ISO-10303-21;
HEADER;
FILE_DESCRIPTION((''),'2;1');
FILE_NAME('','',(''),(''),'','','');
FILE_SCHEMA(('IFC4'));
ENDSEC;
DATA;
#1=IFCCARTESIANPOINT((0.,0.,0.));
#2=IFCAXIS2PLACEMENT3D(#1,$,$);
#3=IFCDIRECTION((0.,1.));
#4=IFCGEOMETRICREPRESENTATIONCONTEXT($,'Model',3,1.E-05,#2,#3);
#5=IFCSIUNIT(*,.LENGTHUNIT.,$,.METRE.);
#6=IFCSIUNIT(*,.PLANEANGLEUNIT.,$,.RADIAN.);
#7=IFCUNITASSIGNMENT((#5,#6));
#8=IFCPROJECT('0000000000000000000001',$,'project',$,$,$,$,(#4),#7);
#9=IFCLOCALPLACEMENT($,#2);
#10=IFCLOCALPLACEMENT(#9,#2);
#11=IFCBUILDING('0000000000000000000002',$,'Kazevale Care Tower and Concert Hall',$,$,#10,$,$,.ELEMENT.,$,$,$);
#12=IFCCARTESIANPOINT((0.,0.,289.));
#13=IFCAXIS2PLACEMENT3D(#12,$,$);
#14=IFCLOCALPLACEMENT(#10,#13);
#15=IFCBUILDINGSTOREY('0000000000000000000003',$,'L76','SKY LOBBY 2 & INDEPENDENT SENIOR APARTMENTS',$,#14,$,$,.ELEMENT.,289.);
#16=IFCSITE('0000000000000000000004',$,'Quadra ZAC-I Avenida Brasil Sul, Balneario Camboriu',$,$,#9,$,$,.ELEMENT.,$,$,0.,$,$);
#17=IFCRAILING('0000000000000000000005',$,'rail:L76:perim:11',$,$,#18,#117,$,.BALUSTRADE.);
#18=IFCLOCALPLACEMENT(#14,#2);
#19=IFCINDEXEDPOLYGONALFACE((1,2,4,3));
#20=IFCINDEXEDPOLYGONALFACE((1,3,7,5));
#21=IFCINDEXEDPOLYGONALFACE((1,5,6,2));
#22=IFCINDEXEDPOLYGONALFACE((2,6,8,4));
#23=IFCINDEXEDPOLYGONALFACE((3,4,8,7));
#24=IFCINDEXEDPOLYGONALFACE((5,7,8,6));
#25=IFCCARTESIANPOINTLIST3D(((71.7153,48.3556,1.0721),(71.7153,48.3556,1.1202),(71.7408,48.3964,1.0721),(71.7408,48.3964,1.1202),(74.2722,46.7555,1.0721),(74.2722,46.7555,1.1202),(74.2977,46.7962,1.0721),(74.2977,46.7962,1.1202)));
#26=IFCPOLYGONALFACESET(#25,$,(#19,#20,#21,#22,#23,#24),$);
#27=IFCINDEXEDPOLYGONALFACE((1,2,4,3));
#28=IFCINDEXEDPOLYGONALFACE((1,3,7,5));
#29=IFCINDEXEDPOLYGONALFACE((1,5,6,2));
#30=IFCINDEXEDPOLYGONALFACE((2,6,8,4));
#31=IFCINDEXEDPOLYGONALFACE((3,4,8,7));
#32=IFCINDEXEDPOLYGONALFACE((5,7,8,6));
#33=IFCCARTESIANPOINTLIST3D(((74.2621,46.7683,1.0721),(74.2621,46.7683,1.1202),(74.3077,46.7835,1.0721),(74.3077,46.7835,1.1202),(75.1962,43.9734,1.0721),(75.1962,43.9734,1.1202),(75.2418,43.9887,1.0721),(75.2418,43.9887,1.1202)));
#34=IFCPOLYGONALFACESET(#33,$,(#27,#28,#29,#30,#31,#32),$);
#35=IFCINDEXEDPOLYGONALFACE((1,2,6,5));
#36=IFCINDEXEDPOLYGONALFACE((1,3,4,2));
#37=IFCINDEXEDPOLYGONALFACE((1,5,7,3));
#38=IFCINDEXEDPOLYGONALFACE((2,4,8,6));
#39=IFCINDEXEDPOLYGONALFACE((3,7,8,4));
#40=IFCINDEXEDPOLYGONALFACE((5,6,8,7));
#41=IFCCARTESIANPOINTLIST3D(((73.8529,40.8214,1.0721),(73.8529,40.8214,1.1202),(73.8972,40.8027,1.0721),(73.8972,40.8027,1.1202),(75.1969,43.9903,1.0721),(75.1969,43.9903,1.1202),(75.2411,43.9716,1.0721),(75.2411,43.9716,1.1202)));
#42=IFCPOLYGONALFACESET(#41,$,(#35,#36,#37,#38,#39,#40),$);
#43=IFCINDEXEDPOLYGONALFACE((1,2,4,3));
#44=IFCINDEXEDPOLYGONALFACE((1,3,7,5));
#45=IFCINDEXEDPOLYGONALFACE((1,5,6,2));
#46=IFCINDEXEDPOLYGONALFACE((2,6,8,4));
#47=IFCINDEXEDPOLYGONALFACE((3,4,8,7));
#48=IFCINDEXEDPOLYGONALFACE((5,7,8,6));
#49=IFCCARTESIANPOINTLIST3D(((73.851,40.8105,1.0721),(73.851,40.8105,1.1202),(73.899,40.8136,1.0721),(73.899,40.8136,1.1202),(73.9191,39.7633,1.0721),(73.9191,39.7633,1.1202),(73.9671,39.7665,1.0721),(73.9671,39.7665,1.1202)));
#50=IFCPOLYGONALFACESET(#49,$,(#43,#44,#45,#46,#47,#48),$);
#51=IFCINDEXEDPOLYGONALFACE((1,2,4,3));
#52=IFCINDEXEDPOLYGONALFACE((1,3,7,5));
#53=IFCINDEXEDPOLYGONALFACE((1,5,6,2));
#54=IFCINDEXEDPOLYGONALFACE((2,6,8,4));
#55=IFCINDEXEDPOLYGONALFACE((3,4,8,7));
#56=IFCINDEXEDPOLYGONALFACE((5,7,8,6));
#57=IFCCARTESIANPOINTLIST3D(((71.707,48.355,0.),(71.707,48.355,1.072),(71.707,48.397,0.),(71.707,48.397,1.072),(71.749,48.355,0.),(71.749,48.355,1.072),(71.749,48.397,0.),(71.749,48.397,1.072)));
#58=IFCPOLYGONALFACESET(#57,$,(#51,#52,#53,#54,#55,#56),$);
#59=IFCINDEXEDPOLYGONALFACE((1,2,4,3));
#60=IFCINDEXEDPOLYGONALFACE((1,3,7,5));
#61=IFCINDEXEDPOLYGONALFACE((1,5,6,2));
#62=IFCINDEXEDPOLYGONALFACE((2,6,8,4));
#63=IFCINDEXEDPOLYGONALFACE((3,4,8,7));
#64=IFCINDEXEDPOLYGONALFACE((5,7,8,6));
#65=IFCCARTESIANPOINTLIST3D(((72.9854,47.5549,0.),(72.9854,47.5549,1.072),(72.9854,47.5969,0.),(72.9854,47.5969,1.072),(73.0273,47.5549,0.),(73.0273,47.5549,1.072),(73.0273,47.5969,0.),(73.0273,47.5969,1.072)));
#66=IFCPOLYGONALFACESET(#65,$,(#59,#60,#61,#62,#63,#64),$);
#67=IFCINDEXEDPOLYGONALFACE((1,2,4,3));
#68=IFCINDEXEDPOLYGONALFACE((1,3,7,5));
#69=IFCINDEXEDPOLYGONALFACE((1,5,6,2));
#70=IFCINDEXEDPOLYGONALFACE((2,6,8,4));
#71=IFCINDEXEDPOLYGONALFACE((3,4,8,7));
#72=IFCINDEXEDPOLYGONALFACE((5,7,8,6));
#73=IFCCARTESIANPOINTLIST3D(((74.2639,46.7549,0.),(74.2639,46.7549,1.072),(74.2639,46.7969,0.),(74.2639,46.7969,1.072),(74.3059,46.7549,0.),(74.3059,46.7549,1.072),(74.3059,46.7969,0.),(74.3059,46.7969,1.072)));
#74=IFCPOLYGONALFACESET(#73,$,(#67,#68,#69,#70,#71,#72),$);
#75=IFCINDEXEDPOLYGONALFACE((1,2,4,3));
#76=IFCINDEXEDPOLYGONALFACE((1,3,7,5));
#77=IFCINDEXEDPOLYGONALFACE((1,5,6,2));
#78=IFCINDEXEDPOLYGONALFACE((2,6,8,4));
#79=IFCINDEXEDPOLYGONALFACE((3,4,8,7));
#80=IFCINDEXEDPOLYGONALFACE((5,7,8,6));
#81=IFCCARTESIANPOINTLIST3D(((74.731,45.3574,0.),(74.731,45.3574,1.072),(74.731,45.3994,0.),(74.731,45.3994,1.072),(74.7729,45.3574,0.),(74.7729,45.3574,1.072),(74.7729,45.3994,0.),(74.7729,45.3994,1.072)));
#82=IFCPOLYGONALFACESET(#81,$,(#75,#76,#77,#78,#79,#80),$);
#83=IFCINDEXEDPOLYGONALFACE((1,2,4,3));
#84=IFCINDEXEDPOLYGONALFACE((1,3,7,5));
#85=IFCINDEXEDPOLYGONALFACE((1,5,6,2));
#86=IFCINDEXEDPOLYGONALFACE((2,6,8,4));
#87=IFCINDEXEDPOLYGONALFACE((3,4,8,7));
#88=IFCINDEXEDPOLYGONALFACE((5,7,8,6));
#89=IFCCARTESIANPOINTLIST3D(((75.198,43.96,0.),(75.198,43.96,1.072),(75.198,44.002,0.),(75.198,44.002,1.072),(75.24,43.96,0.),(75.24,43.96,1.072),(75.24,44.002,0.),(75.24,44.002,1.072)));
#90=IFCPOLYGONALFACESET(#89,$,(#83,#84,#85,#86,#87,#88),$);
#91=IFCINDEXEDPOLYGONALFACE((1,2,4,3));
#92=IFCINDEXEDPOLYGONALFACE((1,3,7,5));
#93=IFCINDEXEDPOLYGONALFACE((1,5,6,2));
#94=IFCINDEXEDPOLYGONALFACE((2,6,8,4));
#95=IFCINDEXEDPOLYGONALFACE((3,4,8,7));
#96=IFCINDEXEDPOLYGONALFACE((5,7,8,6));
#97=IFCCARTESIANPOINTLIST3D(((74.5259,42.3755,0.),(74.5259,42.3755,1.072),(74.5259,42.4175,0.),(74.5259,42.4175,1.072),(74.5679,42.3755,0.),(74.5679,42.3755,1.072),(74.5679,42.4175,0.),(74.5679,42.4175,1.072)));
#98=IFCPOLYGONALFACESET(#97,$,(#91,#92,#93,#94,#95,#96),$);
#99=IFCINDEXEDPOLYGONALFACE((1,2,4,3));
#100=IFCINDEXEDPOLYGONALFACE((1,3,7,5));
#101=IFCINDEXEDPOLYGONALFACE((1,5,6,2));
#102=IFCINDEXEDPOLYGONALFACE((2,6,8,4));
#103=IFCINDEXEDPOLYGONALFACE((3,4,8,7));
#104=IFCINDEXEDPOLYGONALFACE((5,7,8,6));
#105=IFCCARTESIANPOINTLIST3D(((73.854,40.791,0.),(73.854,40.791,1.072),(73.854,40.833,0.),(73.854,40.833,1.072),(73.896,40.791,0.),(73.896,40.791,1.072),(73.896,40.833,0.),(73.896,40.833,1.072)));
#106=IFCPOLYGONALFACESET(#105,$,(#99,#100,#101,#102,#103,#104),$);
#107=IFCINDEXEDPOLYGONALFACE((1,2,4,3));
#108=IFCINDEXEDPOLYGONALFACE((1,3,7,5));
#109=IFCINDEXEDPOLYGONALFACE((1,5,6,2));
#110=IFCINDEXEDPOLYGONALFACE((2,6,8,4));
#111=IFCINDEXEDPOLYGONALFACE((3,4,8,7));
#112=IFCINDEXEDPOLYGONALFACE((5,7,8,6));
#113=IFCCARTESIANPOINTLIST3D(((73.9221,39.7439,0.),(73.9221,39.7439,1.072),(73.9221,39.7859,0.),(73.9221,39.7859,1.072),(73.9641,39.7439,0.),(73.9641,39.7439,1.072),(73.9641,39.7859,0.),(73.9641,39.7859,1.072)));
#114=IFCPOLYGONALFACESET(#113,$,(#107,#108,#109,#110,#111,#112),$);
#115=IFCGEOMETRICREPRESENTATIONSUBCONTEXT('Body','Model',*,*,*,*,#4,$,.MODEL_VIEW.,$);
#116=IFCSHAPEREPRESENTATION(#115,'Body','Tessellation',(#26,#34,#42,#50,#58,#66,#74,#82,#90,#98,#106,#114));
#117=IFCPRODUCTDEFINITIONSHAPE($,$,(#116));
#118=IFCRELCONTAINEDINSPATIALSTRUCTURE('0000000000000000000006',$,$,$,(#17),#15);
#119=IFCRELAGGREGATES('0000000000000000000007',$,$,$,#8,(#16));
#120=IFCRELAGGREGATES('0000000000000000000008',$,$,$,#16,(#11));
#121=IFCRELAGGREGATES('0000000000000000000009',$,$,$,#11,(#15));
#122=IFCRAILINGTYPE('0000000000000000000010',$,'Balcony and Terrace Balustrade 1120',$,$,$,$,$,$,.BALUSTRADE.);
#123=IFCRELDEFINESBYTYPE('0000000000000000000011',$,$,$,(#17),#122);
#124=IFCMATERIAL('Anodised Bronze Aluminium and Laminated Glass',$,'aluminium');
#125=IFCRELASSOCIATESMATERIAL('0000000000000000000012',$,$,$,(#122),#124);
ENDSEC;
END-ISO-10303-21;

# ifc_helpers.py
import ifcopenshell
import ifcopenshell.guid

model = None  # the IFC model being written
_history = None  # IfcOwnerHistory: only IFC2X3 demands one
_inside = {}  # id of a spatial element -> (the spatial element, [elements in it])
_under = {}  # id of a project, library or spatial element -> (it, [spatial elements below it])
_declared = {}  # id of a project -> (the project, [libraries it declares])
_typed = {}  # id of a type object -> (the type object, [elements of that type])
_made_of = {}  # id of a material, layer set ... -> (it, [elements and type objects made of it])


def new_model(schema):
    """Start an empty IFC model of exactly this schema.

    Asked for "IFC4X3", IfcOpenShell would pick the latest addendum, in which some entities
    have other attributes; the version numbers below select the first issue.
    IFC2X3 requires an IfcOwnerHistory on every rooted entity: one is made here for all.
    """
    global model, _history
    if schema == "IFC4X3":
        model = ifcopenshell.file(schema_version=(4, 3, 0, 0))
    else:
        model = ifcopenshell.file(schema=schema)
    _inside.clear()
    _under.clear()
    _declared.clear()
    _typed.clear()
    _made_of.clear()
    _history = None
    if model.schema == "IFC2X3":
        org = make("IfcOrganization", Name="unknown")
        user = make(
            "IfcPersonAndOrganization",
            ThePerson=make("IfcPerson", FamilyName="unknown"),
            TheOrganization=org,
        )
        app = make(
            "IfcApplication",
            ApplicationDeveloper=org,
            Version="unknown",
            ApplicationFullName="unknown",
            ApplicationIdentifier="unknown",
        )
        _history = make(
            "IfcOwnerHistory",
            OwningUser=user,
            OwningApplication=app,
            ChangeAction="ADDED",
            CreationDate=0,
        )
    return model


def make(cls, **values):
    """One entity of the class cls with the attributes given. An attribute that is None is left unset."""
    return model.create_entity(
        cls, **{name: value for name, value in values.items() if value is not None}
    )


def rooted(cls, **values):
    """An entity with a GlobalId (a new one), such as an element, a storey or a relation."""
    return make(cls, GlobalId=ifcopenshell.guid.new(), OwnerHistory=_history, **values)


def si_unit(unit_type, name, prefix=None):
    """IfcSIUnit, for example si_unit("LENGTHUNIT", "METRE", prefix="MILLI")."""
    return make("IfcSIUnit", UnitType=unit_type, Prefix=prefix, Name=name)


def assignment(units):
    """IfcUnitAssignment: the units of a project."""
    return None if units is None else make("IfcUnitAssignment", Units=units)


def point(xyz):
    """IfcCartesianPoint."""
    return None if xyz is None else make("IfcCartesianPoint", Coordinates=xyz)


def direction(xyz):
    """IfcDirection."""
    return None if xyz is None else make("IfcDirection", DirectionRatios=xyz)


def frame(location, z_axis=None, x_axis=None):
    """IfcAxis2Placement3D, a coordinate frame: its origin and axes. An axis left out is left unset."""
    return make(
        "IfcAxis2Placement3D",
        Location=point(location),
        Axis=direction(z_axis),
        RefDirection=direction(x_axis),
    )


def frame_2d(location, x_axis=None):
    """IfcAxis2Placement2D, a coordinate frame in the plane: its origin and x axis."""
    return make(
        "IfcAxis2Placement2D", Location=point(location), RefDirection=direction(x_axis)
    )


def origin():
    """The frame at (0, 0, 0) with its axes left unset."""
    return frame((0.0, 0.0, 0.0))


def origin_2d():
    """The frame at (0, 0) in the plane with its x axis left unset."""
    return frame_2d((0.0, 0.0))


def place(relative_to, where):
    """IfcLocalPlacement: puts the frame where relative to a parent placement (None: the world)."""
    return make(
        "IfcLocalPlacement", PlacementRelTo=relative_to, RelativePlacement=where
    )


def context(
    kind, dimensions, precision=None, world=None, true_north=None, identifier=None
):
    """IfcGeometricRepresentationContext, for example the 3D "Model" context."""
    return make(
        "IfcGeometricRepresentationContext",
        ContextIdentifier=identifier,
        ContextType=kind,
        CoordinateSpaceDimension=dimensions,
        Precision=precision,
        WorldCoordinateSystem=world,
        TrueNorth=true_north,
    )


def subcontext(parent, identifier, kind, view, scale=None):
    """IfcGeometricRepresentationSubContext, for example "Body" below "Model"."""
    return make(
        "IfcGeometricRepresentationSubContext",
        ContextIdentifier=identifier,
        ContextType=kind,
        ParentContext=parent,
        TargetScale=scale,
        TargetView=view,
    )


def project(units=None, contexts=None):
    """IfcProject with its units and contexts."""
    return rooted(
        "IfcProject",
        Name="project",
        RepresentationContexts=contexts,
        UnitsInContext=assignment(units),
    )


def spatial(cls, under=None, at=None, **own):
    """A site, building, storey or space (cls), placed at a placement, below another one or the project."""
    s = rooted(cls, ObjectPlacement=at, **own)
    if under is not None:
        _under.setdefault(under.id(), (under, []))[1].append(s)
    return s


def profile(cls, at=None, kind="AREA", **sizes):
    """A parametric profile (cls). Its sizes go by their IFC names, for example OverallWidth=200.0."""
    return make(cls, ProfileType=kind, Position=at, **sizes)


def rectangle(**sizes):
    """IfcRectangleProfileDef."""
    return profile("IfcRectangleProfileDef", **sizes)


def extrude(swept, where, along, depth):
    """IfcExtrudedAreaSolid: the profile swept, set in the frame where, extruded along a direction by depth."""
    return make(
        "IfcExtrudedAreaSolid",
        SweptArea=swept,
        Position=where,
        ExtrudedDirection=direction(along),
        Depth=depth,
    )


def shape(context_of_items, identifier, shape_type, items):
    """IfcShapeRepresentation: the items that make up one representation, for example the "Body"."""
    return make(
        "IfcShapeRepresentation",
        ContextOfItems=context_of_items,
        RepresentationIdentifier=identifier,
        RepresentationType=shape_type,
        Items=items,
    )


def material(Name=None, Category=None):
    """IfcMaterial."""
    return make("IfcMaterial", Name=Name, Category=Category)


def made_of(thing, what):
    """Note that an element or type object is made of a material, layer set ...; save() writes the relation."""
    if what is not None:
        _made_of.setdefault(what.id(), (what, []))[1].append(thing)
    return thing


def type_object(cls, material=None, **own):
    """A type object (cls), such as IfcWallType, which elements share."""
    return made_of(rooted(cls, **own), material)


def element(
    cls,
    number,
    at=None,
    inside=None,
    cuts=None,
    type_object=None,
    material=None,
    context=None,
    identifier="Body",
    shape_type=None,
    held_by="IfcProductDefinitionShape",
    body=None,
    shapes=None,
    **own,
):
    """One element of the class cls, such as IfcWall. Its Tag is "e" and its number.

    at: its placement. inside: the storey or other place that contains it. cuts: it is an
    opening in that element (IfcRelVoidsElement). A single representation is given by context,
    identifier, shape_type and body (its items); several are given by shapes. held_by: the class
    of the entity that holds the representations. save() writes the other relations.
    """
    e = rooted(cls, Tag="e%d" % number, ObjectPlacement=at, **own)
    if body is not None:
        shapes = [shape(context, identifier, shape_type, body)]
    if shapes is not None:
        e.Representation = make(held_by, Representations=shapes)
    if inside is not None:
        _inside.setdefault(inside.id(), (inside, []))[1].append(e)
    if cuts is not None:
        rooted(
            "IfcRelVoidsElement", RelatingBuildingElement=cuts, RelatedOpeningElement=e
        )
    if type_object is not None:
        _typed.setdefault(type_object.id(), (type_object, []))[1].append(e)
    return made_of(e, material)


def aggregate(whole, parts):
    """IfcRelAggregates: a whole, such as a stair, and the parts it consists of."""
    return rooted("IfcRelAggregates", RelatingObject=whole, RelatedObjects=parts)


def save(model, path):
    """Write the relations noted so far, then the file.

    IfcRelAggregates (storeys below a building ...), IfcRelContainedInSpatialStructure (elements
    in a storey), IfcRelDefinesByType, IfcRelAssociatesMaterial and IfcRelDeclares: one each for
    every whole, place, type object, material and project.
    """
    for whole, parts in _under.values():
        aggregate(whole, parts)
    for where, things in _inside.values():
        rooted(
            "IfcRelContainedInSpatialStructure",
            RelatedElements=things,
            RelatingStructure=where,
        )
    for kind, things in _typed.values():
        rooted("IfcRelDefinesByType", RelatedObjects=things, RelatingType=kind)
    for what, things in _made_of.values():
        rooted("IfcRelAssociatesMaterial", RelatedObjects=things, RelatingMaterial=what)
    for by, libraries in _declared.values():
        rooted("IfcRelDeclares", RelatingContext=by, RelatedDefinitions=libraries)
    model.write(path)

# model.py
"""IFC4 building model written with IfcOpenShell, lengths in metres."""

from ifc_helpers import new_model, si_unit, direction, frame, origin, origin_2d, place, context, subcontext, project, spatial, rectangle, extrude, material, type_object, element, save


model = new_model("IFC4")

# Units and contexts
model_context = context("Model", 3, precision=1e-05, world=origin(), true_north=direction((0.0, 1.0)))
body_context = subcontext(model_context, "Body", "Model", "MODEL_VIEW")
ifc_project = project(units=[si_unit("LENGTHUNIT", "METRE"), si_unit("PLANEANGLEUNIT", "RADIAN")], contexts=[model_context])

# Site, building, storey
site_placement = place(None, origin())
site = spatial("IfcSite", under=ifc_project, at=site_placement, Name="Quadra ZAC-I Avenida Brasil Sul, Balneario Camboriu", CompositionType="ELEMENT", RefElevation=0.0)
building_placement = place(site_placement, origin())
building = spatial("IfcBuilding", under=site, at=building_placement, Name="Kazevale Care Tower and Concert Hall", CompositionType="ELEMENT")
storey_placement = place(building_placement, frame((0.0, 0.0, 289.0)))
storey = spatial("IfcBuildingStorey", under=building, at=storey_placement, Name="L76", Description="SKY LOBBY 2 & INDEPENDENT SENIOR APARTMENTS", CompositionType="ELEMENT", Elevation=289.0)

# Railing
ifc_material_1 = material(Name="Anodised Bronze Aluminium and Laminated Glass", Category="aluminium")
railing_type = type_object("IfcRailingType", Name="Balcony and Terrace Balustrade 1120", PredefinedType="BALUSTRADE", material=ifc_material_1)
railing_1_placement = place(storey_placement, frame((71.728, 48.376, 0.0)))
element("IfcRailing", 1, at=railing_1_placement, inside=storey, type_object=railing_type, Name="rail:L76:perim:11", PredefinedType="BALUSTRADE", context=body_context, shape_type="SweptSolid", body=[
    extrude(rectangle(XDim=0.0481, YDim=0.0481, at=origin_2d()), frame((0.0, 0.0, 1.0962), z_axis=(0.847693, -0.530486, 0.0), x_axis=(0.530486, 0.847693, 0.0)), (0.0, 0.0, 1.0), 3.0164),
    extrude(rectangle(XDim=0.0481, YDim=0.0481, at=origin_2d()), frame((2.5569, -1.6001, 1.0962), z_axis=(0.316973, -0.948434, 0.0), x_axis=(0.948434, 0.316973, 0.0)), (0.0, 0.0, 1.0), 2.9468),
    extrude(rectangle(XDim=0.0481, YDim=0.0481, at=origin_2d()), frame((3.491, -4.395, 1.0962), z_axis=(-0.39045, -0.920624, 0.0), x_axis=(0.920624, -0.39045, 0.0)), (0.0, 0.0, 1.0), 3.4421),
    extrude(rectangle(XDim=0.0481, YDim=0.0481, at=origin_2d()), frame((2.147, -7.564, 1.0962), z_axis=(0.064913, -0.997891, 0.0), x_axis=(0.997891, 0.064913, 0.0)), (0.0, 0.0, 1.0), 1.0493),
    extrude(rectangle(XDim=0.042, YDim=0.042, at=origin_2d()), origin(), (0.0, 0.0, 1.0), 1.072),
    extrude(rectangle(XDim=0.042, YDim=0.042, at=origin_2d()), frame((1.2783, -0.8, 0.0)), (0.0, 0.0, 1.0), 1.072),
    extrude(rectangle(XDim=0.042, YDim=0.042, at=origin_2d()), frame((2.5569, -1.6001, 0.0)), (0.0, 0.0, 1.0), 1.072),
    extrude(rectangle(XDim=0.042, YDim=0.042, at=origin_2d()), frame((3.0239, -2.9976, 0.0)), (0.0, 0.0, 1.0), 1.072),
    extrude(rectangle(XDim=0.042, YDim=0.042, at=origin_2d()), frame((3.491, -4.395, 0.0)), (0.0, 0.0, 1.0), 1.072),
    extrude(rectangle(XDim=0.042, YDim=0.042, at=origin_2d()), frame((2.8188, -5.9795, 0.0)), (0.0, 0.0, 1.0), 1.072),
    extrude(rectangle(XDim=0.042, YDim=0.042, at=origin_2d()), frame((2.147, -7.564, 0.0)), (0.0, 0.0, 1.0), 1.072),
    extrude(rectangle(XDim=0.042, YDim=0.042, at=origin_2d()), frame((2.2151, -8.6111, 0.0)), (0.0, 0.0, 1.0), 1.072),
])

save(model, "model.ifc")
